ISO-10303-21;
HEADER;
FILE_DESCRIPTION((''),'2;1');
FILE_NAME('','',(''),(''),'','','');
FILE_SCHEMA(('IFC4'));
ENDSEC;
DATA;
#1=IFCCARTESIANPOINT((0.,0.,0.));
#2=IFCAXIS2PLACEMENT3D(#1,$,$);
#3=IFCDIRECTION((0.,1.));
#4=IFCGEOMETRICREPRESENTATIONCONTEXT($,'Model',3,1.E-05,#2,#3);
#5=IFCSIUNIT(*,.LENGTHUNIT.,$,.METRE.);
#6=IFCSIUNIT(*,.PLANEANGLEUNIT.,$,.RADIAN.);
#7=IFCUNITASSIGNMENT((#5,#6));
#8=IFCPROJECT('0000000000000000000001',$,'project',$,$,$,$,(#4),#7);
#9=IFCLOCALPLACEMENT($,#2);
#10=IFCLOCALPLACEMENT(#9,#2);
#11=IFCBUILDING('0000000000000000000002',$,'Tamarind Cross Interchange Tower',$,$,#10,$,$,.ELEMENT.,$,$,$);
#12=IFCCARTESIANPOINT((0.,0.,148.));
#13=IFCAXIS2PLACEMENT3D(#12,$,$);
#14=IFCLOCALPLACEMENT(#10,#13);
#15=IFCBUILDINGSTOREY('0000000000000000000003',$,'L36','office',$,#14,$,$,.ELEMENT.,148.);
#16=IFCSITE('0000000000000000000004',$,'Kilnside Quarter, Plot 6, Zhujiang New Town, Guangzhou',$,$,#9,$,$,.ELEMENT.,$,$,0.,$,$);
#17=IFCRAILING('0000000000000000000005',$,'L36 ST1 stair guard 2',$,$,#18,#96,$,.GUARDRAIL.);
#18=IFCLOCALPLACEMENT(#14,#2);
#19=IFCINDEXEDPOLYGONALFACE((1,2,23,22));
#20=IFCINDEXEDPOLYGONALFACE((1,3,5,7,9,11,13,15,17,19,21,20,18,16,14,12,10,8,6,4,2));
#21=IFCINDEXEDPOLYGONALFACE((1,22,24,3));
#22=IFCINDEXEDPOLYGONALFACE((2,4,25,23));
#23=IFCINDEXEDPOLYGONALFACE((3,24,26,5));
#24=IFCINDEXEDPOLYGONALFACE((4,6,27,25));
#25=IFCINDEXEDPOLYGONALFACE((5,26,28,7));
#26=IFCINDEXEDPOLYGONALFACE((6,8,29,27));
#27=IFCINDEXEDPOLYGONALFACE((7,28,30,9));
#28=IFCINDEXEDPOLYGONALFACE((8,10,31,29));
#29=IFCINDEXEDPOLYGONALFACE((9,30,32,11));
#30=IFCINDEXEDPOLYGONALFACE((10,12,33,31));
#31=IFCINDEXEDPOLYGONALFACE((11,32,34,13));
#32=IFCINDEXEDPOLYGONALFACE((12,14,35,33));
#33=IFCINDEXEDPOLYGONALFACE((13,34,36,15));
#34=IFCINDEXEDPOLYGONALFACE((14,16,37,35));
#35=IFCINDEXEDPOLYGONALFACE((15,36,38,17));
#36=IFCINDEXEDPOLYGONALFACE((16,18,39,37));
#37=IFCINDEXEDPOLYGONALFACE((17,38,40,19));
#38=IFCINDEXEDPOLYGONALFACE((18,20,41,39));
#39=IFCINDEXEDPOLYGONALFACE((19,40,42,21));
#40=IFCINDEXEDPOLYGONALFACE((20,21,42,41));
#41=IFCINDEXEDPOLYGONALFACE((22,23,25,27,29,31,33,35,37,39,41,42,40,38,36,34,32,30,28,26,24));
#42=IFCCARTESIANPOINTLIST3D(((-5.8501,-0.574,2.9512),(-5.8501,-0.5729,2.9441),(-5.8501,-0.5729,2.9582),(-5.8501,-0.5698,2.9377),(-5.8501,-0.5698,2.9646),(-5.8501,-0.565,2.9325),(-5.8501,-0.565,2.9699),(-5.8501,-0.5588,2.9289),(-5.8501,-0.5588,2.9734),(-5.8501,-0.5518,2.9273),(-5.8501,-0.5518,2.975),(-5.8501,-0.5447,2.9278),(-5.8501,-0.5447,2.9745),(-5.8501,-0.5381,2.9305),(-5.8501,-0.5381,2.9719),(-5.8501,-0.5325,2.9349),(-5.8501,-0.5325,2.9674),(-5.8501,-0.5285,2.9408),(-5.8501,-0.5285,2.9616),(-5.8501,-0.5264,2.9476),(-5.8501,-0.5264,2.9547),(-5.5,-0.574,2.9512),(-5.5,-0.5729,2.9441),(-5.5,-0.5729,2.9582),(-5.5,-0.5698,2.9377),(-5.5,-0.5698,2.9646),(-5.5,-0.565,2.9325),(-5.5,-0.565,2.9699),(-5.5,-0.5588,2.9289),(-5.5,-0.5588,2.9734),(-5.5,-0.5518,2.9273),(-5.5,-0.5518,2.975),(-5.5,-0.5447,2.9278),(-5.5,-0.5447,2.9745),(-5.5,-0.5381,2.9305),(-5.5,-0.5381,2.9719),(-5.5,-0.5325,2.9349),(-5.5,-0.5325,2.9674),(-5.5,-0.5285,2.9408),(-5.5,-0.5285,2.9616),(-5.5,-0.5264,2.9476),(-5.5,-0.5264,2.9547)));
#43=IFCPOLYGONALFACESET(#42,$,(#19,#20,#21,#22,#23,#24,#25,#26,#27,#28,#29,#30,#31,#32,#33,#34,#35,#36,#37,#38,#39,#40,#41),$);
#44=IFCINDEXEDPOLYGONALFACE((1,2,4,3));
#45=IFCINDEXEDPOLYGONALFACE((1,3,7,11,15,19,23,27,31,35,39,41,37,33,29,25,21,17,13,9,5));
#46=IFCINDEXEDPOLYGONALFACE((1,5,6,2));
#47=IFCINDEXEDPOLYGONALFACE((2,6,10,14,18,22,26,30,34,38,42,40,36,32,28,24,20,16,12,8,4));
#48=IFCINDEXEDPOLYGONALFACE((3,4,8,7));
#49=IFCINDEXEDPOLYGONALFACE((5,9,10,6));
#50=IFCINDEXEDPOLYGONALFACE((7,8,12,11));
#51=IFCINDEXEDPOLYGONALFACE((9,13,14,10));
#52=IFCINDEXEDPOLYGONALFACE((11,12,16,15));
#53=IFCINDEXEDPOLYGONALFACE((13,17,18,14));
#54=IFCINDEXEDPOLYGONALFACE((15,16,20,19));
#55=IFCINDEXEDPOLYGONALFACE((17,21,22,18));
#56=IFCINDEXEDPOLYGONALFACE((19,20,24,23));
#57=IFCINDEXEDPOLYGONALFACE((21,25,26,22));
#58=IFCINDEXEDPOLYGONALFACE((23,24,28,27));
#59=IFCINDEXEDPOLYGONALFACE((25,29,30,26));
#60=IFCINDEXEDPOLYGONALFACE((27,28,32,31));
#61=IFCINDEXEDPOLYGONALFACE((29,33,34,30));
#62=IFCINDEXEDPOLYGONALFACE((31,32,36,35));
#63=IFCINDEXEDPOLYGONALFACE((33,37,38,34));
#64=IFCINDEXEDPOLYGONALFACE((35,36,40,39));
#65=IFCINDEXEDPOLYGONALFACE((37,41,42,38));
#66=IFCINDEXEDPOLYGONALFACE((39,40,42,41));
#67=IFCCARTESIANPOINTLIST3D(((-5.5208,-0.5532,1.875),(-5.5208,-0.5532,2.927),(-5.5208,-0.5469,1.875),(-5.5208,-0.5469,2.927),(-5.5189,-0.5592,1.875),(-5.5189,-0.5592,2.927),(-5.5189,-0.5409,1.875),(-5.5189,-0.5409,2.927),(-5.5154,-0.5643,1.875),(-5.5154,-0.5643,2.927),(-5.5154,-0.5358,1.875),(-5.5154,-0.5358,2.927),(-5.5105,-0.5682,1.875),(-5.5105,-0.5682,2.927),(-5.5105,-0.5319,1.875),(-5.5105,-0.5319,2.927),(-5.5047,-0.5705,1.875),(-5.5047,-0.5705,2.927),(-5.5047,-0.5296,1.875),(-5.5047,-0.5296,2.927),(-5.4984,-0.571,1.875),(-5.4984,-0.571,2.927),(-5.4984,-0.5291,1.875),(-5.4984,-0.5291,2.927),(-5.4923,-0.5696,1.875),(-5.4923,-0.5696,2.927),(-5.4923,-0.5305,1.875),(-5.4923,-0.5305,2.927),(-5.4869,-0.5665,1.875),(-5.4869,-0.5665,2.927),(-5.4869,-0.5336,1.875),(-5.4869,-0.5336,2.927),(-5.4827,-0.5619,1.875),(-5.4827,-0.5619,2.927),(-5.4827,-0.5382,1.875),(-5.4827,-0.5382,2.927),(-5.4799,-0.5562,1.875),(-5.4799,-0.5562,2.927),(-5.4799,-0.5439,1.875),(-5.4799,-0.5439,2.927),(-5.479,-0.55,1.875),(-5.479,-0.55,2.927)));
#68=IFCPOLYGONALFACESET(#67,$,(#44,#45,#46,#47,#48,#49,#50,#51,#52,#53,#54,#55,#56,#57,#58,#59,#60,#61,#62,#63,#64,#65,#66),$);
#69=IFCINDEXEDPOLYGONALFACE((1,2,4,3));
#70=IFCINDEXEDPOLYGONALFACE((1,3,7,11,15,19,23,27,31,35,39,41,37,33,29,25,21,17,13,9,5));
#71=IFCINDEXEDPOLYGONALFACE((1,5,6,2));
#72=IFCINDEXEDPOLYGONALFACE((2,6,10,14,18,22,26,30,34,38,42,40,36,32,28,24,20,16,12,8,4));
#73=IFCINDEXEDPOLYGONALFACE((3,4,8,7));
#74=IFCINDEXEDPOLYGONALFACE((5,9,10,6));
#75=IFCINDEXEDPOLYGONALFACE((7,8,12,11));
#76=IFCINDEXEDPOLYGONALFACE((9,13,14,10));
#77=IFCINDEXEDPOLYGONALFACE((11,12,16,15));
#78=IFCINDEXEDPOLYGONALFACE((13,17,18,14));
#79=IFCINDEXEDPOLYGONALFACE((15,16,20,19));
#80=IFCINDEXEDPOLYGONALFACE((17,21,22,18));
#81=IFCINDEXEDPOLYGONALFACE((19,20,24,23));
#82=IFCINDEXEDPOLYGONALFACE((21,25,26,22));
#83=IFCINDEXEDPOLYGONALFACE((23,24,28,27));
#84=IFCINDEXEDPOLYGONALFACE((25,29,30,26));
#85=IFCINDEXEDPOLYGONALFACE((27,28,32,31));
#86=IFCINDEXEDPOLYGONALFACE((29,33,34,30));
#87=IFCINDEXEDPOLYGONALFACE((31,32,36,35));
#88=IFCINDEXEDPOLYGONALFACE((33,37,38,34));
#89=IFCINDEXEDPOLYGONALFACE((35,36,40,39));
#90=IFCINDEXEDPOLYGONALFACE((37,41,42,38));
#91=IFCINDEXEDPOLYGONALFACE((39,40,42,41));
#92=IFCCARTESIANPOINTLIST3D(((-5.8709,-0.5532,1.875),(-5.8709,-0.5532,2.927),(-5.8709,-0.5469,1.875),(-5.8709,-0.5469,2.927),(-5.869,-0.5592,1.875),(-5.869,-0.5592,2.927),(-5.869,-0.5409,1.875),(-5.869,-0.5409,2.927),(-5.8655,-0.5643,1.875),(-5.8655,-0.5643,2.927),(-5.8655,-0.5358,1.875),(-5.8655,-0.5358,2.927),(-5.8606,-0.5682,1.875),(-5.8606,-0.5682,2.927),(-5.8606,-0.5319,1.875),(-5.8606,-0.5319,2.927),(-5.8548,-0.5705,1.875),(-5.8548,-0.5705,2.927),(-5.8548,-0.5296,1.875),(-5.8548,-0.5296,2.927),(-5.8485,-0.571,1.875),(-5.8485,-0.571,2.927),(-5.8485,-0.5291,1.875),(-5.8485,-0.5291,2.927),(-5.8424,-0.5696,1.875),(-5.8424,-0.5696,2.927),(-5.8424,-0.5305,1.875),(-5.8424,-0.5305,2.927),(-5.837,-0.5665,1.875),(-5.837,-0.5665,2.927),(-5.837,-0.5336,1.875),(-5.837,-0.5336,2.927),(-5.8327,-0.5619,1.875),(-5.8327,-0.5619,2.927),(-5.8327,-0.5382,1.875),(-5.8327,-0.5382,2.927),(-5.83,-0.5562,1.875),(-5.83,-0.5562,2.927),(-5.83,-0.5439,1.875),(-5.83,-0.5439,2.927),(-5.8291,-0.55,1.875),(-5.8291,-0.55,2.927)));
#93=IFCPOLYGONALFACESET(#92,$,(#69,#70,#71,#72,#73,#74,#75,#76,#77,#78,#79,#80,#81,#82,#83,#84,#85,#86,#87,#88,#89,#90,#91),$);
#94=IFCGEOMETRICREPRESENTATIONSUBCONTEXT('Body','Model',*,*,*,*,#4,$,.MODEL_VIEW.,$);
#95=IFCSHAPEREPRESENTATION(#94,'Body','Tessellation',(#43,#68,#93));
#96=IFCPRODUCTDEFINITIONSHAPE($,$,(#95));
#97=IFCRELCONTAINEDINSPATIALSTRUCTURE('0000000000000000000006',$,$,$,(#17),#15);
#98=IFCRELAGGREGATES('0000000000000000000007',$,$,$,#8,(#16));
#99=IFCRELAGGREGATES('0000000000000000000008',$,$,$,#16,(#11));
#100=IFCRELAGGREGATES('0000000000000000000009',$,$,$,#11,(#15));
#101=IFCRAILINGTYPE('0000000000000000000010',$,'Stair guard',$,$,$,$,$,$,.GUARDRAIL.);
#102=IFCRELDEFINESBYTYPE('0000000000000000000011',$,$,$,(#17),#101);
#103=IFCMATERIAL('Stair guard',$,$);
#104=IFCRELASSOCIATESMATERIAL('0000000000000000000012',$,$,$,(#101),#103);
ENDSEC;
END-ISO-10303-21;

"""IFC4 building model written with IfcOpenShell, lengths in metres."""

from ifc_helpers import new_model, si_unit, direction, frame, origin, origin_2d, place, context, subcontext, project, spatial, circle, extrude, material, type_object, element, save


model = new_model("IFC4")

# Units and contexts
model_context = context("Model", 3, precision=1e-05, world=origin(), true_north=direction((0.0, 1.0)))
body_context = subcontext(model_context, "Body", "Model", "MODEL_VIEW")
ifc_project = project(units=[si_unit("LENGTHUNIT", "METRE"), si_unit("PLANEANGLEUNIT", "RADIAN")], contexts=[model_context])

# Site, building, storey
site_placement = place(None, origin())
site = spatial("IfcSite", under=ifc_project, at=site_placement, Name="Kilnside Quarter, Plot 6, Zhujiang New Town, Guangzhou", CompositionType="ELEMENT", RefElevation=0.0)
building_placement = place(site_placement, origin())
building = spatial("IfcBuilding", under=site, at=building_placement, Name="Tamarind Cross Interchange Tower", CompositionType="ELEMENT")
storey_placement = place(building_placement, frame((0.0, 0.0, 148.0)))
storey = spatial("IfcBuildingStorey", under=building, at=storey_placement, Name="L36", Description="office", CompositionType="ELEMENT", Elevation=148.0)

# Railing
ifc_material_1 = material(Name="Stair guard")
railing_type_1 = type_object("IfcRailingType", Name="Stair guard", PredefinedType="GUARDRAIL", material=ifc_material_1)
railing_1_placement = place(storey_placement, frame((-5.5, -0.55, 1.875)))
element("IfcRailing", 1, at=railing_1_placement, inside=storey, type_object=railing_type_1, Name="L36 ST1 stair guard 2", PredefinedType="GUARDRAIL", context=body_context, shape_type="SweptSolid", body=[
    extrude(circle(Radius=0.0239, at=origin_2d()), frame((0.0, 0.0, 1.0762), z_axis=(-1.0, 0.0, 0.0), x_axis=(0.0, -1.0, 0.0)), (0.0, 0.0, 1.0), 0.3501),
    extrude(circle(Radius=0.021, at=origin_2d()), origin(), (0.0, 0.0, 1.0), 1.052),
    extrude(circle(Radius=0.021, at=origin_2d()), frame((-0.3501, 0.0, 0.0)), (0.0, 0.0, 1.0), 1.052),
])

save(model, "model.ifc")
